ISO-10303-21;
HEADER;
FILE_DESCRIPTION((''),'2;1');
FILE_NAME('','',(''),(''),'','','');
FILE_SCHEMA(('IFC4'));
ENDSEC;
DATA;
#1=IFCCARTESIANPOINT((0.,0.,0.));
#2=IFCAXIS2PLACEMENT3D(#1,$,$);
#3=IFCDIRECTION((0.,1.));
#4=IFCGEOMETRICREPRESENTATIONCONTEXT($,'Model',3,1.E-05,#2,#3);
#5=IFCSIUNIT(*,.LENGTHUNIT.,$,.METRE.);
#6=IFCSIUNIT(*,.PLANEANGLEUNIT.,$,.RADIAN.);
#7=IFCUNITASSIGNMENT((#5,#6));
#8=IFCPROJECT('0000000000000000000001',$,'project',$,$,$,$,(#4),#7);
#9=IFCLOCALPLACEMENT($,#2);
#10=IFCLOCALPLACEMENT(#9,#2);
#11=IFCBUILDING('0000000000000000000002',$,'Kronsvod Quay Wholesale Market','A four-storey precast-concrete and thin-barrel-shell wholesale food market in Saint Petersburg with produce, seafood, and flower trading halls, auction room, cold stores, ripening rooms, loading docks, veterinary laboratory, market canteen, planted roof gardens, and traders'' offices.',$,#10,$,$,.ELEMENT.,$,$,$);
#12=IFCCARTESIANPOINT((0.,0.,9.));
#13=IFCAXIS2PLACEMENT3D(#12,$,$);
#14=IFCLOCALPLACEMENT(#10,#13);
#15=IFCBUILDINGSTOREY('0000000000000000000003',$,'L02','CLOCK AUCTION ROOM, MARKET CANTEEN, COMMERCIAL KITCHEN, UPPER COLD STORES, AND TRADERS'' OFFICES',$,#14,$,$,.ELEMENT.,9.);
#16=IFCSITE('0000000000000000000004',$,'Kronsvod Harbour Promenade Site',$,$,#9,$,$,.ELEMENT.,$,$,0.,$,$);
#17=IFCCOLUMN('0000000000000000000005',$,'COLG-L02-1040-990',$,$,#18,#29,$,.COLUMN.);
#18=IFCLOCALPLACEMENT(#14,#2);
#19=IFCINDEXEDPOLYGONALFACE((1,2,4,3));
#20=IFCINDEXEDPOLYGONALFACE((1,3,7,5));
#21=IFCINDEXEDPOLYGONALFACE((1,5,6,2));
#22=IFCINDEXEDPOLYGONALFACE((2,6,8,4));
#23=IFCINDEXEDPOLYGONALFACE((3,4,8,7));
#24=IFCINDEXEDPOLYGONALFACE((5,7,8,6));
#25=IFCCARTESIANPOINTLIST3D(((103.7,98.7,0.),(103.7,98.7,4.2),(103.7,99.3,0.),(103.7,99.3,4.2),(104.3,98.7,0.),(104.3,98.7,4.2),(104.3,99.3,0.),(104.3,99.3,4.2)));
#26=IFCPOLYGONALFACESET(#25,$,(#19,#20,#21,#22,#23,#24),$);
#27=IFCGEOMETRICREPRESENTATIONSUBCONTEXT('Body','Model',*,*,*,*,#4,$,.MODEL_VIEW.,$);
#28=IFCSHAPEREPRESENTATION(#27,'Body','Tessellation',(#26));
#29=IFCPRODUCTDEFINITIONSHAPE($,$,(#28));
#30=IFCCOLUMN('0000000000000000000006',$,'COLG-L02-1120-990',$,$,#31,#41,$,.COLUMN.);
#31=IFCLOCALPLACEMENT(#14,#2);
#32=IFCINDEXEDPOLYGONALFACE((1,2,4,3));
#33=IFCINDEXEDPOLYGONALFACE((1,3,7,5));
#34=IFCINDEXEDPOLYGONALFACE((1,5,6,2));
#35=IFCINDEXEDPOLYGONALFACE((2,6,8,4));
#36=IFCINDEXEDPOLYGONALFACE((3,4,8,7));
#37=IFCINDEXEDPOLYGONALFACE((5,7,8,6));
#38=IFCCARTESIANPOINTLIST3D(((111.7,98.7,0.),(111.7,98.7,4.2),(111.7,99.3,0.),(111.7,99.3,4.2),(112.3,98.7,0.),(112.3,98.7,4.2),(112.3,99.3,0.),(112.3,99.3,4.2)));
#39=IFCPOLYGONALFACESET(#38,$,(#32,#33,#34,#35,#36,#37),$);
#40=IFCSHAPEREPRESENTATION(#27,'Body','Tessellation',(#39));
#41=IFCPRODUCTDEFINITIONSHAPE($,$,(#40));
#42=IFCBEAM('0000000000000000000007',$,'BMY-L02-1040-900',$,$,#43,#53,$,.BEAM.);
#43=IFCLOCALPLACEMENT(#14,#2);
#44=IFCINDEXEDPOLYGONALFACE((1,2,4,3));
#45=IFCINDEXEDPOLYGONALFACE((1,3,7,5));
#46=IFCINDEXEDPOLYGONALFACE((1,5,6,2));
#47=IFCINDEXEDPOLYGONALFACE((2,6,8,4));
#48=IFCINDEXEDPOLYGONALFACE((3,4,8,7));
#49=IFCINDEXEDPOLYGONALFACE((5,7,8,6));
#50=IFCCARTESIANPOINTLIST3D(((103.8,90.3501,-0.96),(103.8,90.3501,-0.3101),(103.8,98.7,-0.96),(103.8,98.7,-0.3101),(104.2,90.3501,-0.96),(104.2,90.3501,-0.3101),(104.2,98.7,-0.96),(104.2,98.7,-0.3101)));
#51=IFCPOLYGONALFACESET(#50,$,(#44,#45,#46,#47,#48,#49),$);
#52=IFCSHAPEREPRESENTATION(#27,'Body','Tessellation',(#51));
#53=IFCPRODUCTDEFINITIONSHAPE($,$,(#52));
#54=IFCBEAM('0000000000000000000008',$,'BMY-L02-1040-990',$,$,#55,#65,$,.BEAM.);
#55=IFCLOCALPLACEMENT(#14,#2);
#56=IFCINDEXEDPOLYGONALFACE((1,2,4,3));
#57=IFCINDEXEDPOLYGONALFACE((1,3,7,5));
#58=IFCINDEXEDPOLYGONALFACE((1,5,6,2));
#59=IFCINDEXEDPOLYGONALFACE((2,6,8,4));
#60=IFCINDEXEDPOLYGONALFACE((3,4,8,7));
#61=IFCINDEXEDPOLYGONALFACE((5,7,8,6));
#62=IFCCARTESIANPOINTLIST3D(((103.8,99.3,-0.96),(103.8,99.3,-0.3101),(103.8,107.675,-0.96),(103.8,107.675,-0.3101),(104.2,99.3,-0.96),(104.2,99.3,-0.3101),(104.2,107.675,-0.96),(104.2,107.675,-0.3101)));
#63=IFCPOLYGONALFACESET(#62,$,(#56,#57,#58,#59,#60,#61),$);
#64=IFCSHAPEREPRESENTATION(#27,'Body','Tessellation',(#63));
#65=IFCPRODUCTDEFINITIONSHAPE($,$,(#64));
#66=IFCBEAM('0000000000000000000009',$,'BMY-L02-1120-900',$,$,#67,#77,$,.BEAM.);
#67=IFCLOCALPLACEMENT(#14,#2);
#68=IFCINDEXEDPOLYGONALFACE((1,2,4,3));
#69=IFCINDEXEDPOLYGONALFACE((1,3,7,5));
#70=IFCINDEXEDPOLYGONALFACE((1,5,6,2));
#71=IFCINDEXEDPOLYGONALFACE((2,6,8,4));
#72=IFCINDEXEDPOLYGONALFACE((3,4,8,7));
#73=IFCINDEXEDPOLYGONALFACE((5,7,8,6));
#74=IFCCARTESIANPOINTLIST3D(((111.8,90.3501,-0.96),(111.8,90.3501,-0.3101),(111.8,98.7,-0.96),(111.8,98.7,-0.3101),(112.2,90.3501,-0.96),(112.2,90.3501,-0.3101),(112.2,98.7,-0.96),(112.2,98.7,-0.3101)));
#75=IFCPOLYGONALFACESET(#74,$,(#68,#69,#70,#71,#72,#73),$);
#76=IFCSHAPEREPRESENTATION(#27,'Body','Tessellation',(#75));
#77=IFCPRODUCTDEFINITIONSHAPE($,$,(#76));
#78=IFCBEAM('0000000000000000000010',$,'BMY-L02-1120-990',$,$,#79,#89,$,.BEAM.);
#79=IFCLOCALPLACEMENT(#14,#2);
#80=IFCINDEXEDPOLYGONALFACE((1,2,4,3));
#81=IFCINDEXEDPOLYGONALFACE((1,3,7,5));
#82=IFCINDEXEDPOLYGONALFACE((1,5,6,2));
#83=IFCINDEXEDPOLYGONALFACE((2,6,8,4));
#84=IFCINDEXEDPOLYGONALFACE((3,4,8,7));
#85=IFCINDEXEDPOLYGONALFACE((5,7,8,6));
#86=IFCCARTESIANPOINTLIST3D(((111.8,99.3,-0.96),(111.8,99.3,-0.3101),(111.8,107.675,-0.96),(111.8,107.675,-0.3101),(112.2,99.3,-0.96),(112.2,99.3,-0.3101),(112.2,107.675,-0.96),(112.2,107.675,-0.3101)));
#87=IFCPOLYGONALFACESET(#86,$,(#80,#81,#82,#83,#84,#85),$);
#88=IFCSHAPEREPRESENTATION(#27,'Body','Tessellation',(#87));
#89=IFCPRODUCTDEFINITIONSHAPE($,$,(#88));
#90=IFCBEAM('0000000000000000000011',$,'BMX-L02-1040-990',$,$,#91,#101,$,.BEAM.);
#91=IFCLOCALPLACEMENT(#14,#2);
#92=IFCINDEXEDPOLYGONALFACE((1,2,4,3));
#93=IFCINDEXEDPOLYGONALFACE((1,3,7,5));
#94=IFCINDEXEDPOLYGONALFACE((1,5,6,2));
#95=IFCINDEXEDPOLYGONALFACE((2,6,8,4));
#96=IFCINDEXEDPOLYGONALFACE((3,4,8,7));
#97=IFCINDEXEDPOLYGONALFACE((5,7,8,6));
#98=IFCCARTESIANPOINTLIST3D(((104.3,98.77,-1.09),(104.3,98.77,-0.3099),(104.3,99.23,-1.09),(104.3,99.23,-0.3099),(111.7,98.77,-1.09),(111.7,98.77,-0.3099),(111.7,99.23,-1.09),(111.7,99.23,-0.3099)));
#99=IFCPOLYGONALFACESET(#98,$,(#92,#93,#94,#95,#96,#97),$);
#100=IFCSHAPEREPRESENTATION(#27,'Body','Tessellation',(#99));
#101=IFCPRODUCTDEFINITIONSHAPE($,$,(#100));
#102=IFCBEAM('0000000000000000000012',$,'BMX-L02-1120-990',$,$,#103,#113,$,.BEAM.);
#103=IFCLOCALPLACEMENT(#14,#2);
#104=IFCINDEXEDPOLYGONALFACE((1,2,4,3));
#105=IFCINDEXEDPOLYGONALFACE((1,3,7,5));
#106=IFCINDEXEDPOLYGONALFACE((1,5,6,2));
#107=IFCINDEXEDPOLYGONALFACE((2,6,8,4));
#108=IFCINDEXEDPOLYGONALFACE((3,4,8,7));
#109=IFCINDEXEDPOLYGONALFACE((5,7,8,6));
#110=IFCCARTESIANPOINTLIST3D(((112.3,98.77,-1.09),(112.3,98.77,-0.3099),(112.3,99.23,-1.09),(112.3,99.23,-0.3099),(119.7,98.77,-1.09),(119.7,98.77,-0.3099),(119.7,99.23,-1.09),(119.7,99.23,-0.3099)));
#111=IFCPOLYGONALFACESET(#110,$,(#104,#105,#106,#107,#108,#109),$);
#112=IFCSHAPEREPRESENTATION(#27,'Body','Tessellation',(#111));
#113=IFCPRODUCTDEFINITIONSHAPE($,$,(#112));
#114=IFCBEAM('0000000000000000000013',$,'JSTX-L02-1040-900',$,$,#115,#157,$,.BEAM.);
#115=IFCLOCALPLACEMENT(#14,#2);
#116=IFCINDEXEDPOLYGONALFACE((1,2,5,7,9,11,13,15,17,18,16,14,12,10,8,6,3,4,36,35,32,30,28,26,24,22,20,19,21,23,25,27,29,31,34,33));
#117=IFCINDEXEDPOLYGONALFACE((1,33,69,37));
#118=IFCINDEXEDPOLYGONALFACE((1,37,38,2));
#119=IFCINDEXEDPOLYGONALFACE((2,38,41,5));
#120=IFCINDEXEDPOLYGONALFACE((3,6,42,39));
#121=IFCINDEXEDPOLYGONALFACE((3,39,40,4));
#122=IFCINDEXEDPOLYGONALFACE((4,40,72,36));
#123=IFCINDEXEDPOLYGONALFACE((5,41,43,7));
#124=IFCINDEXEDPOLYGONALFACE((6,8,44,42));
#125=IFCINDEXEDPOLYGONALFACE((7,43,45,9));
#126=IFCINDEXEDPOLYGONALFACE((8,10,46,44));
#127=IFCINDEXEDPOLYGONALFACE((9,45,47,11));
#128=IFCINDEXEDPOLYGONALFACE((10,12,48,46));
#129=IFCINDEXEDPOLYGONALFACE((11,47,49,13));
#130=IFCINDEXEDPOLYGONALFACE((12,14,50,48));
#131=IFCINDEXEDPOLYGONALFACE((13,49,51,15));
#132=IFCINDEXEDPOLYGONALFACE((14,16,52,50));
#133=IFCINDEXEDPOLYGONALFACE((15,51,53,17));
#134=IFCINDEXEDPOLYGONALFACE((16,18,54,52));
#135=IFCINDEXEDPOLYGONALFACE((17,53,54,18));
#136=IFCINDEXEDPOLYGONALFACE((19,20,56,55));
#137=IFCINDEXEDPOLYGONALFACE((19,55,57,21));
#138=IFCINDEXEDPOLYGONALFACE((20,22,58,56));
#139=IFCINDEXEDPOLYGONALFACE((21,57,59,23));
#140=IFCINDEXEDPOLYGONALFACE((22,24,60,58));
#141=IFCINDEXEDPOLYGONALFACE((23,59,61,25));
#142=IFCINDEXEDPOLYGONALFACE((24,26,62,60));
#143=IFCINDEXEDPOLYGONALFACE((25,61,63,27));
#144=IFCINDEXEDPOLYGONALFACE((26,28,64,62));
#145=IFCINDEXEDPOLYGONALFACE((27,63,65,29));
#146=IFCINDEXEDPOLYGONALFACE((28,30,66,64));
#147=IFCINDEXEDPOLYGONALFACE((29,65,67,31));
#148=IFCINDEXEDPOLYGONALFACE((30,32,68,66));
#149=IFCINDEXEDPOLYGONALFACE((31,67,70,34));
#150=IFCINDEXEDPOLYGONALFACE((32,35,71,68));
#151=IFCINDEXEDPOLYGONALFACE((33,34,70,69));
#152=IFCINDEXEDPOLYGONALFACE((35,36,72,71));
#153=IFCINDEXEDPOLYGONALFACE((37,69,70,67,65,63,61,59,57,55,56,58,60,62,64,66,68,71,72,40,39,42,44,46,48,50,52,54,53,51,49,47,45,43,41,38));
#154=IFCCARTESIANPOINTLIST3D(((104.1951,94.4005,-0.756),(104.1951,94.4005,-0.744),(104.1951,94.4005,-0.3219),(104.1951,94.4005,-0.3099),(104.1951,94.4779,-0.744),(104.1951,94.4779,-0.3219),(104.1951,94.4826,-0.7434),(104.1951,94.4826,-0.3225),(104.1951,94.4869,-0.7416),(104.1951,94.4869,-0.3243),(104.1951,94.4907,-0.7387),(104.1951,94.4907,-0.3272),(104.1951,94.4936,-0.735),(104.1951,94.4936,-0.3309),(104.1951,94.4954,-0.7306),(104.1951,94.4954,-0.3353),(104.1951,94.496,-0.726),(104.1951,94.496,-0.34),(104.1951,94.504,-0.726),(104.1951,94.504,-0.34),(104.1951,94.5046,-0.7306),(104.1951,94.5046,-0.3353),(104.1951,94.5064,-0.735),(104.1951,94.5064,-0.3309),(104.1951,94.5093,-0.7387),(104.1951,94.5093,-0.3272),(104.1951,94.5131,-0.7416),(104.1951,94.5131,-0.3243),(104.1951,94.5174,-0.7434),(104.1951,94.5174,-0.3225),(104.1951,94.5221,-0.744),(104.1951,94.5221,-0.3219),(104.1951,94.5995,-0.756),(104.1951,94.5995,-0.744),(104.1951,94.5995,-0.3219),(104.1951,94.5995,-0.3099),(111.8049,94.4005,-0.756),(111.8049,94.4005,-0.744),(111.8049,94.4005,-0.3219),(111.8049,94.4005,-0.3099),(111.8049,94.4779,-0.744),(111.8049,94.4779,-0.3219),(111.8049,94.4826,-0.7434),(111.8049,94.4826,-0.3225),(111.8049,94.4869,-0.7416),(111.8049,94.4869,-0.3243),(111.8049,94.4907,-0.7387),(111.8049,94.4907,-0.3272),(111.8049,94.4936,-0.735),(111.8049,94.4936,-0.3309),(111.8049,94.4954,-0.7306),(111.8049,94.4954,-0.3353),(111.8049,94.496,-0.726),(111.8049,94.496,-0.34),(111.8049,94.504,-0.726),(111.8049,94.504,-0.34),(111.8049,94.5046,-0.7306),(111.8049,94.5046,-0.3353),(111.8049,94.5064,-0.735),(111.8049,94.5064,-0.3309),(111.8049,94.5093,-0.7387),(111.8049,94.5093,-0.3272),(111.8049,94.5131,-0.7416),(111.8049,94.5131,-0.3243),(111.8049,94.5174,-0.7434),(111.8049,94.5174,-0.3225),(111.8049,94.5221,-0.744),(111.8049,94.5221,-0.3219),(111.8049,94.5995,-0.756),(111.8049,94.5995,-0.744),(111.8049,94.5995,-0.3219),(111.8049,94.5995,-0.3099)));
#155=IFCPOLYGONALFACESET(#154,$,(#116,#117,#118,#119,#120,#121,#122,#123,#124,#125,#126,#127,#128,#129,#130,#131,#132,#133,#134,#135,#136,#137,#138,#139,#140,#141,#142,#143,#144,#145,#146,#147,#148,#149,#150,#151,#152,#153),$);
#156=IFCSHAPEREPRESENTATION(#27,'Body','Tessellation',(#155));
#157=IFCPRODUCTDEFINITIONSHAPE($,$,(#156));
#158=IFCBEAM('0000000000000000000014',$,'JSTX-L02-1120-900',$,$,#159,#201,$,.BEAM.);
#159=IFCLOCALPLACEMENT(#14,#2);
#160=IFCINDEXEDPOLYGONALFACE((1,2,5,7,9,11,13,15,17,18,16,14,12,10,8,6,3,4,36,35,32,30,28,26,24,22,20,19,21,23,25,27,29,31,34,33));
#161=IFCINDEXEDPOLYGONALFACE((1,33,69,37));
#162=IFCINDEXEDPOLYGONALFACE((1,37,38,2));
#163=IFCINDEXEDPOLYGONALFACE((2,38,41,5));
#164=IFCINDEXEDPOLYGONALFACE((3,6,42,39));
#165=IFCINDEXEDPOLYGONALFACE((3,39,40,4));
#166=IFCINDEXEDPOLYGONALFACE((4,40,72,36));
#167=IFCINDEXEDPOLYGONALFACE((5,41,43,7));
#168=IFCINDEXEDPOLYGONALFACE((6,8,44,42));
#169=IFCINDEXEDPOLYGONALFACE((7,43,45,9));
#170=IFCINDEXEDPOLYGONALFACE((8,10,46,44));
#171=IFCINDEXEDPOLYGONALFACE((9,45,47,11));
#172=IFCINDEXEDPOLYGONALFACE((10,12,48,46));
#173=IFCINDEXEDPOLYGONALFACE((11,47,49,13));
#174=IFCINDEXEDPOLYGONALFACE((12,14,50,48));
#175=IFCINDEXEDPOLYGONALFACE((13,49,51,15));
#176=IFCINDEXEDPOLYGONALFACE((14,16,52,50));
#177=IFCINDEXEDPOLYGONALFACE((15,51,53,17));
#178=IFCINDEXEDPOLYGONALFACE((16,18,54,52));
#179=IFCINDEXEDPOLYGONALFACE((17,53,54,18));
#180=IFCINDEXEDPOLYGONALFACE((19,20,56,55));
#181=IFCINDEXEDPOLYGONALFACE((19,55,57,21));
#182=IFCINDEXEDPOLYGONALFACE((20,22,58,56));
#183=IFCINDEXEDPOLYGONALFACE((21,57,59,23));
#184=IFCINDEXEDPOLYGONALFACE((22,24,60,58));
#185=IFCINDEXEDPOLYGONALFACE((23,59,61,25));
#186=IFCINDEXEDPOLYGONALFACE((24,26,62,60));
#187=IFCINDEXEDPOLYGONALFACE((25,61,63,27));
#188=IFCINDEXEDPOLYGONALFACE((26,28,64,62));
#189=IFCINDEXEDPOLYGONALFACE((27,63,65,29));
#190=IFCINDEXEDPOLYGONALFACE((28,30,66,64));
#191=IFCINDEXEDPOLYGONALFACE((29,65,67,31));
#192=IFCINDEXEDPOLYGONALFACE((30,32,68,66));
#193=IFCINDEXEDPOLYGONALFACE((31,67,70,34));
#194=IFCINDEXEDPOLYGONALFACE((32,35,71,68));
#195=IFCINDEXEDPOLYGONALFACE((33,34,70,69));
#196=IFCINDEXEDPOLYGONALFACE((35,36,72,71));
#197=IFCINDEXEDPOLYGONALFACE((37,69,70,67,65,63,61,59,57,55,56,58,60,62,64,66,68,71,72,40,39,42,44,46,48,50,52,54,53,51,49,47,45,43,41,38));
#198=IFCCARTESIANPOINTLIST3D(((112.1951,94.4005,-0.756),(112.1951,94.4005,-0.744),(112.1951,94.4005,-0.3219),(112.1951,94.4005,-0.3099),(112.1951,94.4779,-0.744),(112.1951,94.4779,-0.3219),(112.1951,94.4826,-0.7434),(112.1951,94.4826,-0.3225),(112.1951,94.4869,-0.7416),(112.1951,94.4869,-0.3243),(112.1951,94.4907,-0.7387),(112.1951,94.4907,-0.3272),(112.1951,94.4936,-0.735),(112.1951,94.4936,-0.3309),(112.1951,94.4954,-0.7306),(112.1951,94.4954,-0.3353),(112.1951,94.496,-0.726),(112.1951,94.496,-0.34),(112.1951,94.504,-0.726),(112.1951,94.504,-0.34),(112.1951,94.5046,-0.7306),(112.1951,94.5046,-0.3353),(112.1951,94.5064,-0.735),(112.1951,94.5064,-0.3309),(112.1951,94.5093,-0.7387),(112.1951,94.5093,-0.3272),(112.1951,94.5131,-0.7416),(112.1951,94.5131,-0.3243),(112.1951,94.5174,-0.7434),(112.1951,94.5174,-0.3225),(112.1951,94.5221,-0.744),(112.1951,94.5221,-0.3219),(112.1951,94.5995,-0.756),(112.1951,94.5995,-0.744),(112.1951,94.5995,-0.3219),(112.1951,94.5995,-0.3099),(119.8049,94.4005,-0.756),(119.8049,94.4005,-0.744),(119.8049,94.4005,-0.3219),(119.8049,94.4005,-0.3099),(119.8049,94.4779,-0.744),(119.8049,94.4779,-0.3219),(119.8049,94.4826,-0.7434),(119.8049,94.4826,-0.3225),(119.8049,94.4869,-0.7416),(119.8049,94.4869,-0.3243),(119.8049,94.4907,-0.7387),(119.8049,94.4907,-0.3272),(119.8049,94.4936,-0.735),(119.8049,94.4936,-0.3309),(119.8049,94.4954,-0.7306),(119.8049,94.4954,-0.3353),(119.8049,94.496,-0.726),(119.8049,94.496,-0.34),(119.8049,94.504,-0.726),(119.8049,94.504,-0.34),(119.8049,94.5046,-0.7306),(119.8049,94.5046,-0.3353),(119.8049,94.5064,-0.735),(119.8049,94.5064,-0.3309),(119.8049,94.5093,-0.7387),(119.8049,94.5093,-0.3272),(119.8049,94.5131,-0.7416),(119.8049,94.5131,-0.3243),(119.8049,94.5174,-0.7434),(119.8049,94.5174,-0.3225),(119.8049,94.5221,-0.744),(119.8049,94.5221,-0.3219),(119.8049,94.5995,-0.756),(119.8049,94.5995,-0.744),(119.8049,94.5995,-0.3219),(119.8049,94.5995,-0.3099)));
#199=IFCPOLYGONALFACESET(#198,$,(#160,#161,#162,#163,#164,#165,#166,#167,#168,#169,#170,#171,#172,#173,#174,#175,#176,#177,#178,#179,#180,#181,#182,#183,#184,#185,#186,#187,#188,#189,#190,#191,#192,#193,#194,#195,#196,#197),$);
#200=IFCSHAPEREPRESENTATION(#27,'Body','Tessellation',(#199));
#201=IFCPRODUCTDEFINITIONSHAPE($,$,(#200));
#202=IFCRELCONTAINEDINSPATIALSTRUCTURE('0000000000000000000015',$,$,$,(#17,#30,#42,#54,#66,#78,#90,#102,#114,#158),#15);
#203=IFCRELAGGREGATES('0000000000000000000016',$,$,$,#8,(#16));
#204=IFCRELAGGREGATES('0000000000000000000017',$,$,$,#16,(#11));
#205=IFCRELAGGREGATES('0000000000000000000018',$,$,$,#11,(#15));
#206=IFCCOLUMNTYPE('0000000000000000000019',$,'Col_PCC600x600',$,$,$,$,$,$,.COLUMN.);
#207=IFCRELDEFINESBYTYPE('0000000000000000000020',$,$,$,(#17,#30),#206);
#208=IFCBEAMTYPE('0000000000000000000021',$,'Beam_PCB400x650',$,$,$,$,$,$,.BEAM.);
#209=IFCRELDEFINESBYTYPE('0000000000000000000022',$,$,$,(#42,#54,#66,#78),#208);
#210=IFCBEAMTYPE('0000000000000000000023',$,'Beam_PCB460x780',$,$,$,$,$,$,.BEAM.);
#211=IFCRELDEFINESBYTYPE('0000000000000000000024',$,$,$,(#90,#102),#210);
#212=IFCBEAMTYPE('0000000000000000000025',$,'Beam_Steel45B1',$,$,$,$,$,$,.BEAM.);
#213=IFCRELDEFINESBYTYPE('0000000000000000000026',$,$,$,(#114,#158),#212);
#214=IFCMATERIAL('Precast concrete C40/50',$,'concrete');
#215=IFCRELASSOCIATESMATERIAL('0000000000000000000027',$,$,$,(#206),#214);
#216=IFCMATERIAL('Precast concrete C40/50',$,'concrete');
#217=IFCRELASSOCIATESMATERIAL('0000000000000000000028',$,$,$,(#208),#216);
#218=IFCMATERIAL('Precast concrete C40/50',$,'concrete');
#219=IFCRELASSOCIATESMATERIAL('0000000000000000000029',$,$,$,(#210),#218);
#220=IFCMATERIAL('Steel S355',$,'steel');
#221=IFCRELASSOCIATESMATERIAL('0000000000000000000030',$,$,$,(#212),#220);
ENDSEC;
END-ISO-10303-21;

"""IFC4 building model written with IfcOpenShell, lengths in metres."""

from ifc_helpers import new_model, si_unit, direction, frame, origin, origin_2d, place, context, subcontext, project, spatial, rectangle, i_section, extrude, material, material_profile, profile_set, type_object, element, save


model = new_model("IFC4")

# Units and contexts
model_context = context("Model", 3, precision=1e-05, world=origin(), true_north=direction((0.0, 1.0)))
body_context = subcontext(model_context, "Body", "Model", "MODEL_VIEW")
ifc_project = project(units=[si_unit("LENGTHUNIT", "METRE"), si_unit("PLANEANGLEUNIT", "RADIAN")], contexts=[model_context])

# Site, building, storey
site_placement = place(None, origin())
site = spatial("IfcSite", under=ifc_project, at=site_placement, Name="Kronsvod Harbour Promenade Site", CompositionType="ELEMENT", RefElevation=0.0)
building_placement = place(site_placement, origin())
building = spatial("IfcBuilding", under=site, at=building_placement, Name="Kronsvod Quay Wholesale Market", Description="A four-storey precast-concrete and thin-barrel-shell wholesale food market in Saint Petersburg with produce, seafood, and flower trading halls, auction room, cold stores, ripening rooms, loading docks, veterinary laboratory, market canteen, planted roof gardens, and traders' offices.", CompositionType="ELEMENT")
storey_placement = place(building_placement, frame((0.0, 0.0, 9.0)))
storey = spatial("IfcBuildingStorey", under=building, at=storey_placement, Name="L02", Description="CLOCK AUCTION ROOM, MARKET CANTEEN, COMMERCIAL KITCHEN, UPPER COLD STORES, AND TRADERS' OFFICES", CompositionType="ELEMENT", Elevation=9.0)

# Columns
ifc_material_1 = material(Name="Precast concrete C40/50", Category="concrete")
ifc_material_profile_1 = material_profile(ifc_material_1, rectangle(XDim=0.6001, YDim=0.6001, at=origin_2d()), Name="PCC600x600")
ifc_profile_set_1 = profile_set([ifc_material_profile_1], Name="Precast concrete C40/50")
column_type = type_object("IfcColumnType", Name="Col_PCC600x600", PredefinedType="COLUMN", material=ifc_profile_set_1)
for number, where, z_axis, x_axis, name in (
    (1, (104.0, 99.0, 0.0), (0.0, 0.0, 1.0), (1.0, 0.0, 0.0), "COLG-L02-1040-990"),
    (2, (112.0, 99.0, 0.0), (0.0, 0.0, 1.0), (1.0, 0.0, 0.0), "COLG-L02-1120-990"),
):
    element("IfcColumn", number, at=place(storey_placement, frame(where, z_axis=z_axis, x_axis=x_axis)), inside=storey, type_object=column_type, Name=name, PredefinedType="COLUMN", context=body_context, shape_type="SweptSolid", body=[
        extrude(rectangle(XDim=0.6001, YDim=0.6001, at=origin_2d()), origin(), (0.0, 0.0, 1.0), 4.2),
    ])

# Beams
ifc_material_2 = material(Name="Precast concrete C40/50", Category="concrete")
ifc_material_profile_2 = material_profile(ifc_material_2, rectangle(XDim=0.3999, YDim=0.6499, at=origin_2d()), Name="PCB400x650")
ifc_profile_set_2 = profile_set([ifc_material_profile_2], Name="Precast concrete C40/50")
beam_type_1 = type_object("IfcBeamType", Name="Beam_PCB400x650", PredefinedType="BEAM", material=ifc_profile_set_2)
beam_1_placement = place(storey_placement, frame((104.0, 90.3501, -0.635), z_axis=(0.0, 1.0, 0.0), x_axis=(-1.0, 0.0, 0.0)))
element("IfcBeam", 3, at=beam_1_placement, inside=storey, type_object=beam_type_1, Name="BMY-L02-1040-900", PredefinedType="BEAM", context=body_context, shape_type="SweptSolid", body=[
    extrude(rectangle(XDim=0.3999, YDim=0.6499, at=origin_2d()), origin(), (0.0, 0.0, 1.0), 8.3499),
])
beam_2_placement = place(storey_placement, frame((104.0, 99.3, -0.635), z_axis=(0.0, 1.0, 0.0), x_axis=(-1.0, 0.0, 0.0)))
element("IfcBeam", 4, at=beam_2_placement, inside=storey, type_object=beam_type_1, Name="BMY-L02-1040-990", PredefinedType="BEAM", context=body_context, shape_type="SweptSolid", body=[
    extrude(rectangle(XDim=0.3999, YDim=0.6499, at=origin_2d()), origin(), (0.0, 0.0, 1.0), 8.375),
])
beam_3_placement = place(storey_placement, frame((112.0, 90.3501, -0.635), z_axis=(0.0, 1.0, 0.0), x_axis=(-1.0, 0.0, 0.0)))
element("IfcBeam", 5, at=beam_3_placement, inside=storey, type_object=beam_type_1, Name="BMY-L02-1120-900", PredefinedType="BEAM", context=body_context, shape_type="SweptSolid", body=[
    extrude(rectangle(XDim=0.3999, YDim=0.6499, at=origin_2d()), origin(), (0.0, 0.0, 1.0), 8.3499),
])
beam_4_placement = place(storey_placement, frame((112.0, 99.3, -0.635), z_axis=(0.0, 1.0, 0.0), x_axis=(-1.0, 0.0, 0.0)))
element("IfcBeam", 6, at=beam_4_placement, inside=storey, type_object=beam_type_1, Name="BMY-L02-1120-990", PredefinedType="BEAM", context=body_context, shape_type="SweptSolid", body=[
    extrude(rectangle(XDim=0.3999, YDim=0.6499, at=origin_2d()), origin(), (0.0, 0.0, 1.0), 8.375),
])
ifc_material_3 = material(Name="Precast concrete C40/50", Category="concrete")
ifc_material_profile_3 = material_profile(ifc_material_3, rectangle(XDim=0.46, YDim=0.78, at=origin_2d()), Name="PB-03")
ifc_profile_set_3 = profile_set([ifc_material_profile_3], Name="Precast concrete C40/50")
beam_type_2 = type_object("IfcBeamType", Name="Beam_PCB460x780", PredefinedType="BEAM", material=ifc_profile_set_3)
for number, where, z_axis, x_axis, name in (
    (7, (104.3, 99.0, -0.7), (1.0, 0.0, 0.0), (0.0, 1.0, 0.0), "BMX-L02-1040-990"),
    (8, (112.3, 99.0, -0.7), (1.0, 0.0, 0.0), (0.0, 1.0, 0.0), "BMX-L02-1120-990"),
):
    element("IfcBeam", number, at=place(storey_placement, frame(where, z_axis=z_axis, x_axis=x_axis)), inside=storey, type_object=beam_type_2, Name=name, PredefinedType="BEAM", context=body_context, shape_type="SweptSolid", body=[
        extrude(rectangle(XDim=0.46, YDim=0.78, at=origin_2d()), origin(), (0.0, 0.0, 1.0), 7.3999),
    ])
ifc_material_4 = material(Name="Steel S355", Category="steel")
ifc_material_profile_4 = material_profile(ifc_material_4, i_section(OverallWidth=0.199, OverallDepth=0.446, WebThickness=0.0081, FlangeThickness=0.012, FilletRadius=0.0181, at=origin_2d()), Name="45B1")
ifc_profile_set_4 = profile_set([ifc_material_profile_4], Name="Steel S355")
beam_type_3 = type_object("IfcBeamType", Name="Beam_Steel45B1", PredefinedType="BEAM", material=ifc_profile_set_4)
for number, where, z_axis, x_axis, name in (
    (9, (104.1951, 94.5, -0.533), (1.0, 0.0, 0.0), (0.0, 1.0, 0.0), "JSTX-L02-1040-900"),
    (10, (112.1951, 94.5, -0.533), (1.0, 0.0, 0.0), (0.0, 1.0, 0.0), "JSTX-L02-1120-900"),
):
    element("IfcBeam", number, at=place(storey_placement, frame(where, z_axis=z_axis, x_axis=x_axis)), inside=storey, type_object=beam_type_3, Name=name, PredefinedType="BEAM", context=body_context, shape_type="SweptSolid", body=[
        extrude(i_section(OverallWidth=0.199, OverallDepth=0.446, WebThickness=0.0081, FlangeThickness=0.012, FilletRadius=0.0181, at=origin_2d()), origin(), (0.0, 0.0, 1.0), 7.6099),
    ])

save(model, "model.ifc")
